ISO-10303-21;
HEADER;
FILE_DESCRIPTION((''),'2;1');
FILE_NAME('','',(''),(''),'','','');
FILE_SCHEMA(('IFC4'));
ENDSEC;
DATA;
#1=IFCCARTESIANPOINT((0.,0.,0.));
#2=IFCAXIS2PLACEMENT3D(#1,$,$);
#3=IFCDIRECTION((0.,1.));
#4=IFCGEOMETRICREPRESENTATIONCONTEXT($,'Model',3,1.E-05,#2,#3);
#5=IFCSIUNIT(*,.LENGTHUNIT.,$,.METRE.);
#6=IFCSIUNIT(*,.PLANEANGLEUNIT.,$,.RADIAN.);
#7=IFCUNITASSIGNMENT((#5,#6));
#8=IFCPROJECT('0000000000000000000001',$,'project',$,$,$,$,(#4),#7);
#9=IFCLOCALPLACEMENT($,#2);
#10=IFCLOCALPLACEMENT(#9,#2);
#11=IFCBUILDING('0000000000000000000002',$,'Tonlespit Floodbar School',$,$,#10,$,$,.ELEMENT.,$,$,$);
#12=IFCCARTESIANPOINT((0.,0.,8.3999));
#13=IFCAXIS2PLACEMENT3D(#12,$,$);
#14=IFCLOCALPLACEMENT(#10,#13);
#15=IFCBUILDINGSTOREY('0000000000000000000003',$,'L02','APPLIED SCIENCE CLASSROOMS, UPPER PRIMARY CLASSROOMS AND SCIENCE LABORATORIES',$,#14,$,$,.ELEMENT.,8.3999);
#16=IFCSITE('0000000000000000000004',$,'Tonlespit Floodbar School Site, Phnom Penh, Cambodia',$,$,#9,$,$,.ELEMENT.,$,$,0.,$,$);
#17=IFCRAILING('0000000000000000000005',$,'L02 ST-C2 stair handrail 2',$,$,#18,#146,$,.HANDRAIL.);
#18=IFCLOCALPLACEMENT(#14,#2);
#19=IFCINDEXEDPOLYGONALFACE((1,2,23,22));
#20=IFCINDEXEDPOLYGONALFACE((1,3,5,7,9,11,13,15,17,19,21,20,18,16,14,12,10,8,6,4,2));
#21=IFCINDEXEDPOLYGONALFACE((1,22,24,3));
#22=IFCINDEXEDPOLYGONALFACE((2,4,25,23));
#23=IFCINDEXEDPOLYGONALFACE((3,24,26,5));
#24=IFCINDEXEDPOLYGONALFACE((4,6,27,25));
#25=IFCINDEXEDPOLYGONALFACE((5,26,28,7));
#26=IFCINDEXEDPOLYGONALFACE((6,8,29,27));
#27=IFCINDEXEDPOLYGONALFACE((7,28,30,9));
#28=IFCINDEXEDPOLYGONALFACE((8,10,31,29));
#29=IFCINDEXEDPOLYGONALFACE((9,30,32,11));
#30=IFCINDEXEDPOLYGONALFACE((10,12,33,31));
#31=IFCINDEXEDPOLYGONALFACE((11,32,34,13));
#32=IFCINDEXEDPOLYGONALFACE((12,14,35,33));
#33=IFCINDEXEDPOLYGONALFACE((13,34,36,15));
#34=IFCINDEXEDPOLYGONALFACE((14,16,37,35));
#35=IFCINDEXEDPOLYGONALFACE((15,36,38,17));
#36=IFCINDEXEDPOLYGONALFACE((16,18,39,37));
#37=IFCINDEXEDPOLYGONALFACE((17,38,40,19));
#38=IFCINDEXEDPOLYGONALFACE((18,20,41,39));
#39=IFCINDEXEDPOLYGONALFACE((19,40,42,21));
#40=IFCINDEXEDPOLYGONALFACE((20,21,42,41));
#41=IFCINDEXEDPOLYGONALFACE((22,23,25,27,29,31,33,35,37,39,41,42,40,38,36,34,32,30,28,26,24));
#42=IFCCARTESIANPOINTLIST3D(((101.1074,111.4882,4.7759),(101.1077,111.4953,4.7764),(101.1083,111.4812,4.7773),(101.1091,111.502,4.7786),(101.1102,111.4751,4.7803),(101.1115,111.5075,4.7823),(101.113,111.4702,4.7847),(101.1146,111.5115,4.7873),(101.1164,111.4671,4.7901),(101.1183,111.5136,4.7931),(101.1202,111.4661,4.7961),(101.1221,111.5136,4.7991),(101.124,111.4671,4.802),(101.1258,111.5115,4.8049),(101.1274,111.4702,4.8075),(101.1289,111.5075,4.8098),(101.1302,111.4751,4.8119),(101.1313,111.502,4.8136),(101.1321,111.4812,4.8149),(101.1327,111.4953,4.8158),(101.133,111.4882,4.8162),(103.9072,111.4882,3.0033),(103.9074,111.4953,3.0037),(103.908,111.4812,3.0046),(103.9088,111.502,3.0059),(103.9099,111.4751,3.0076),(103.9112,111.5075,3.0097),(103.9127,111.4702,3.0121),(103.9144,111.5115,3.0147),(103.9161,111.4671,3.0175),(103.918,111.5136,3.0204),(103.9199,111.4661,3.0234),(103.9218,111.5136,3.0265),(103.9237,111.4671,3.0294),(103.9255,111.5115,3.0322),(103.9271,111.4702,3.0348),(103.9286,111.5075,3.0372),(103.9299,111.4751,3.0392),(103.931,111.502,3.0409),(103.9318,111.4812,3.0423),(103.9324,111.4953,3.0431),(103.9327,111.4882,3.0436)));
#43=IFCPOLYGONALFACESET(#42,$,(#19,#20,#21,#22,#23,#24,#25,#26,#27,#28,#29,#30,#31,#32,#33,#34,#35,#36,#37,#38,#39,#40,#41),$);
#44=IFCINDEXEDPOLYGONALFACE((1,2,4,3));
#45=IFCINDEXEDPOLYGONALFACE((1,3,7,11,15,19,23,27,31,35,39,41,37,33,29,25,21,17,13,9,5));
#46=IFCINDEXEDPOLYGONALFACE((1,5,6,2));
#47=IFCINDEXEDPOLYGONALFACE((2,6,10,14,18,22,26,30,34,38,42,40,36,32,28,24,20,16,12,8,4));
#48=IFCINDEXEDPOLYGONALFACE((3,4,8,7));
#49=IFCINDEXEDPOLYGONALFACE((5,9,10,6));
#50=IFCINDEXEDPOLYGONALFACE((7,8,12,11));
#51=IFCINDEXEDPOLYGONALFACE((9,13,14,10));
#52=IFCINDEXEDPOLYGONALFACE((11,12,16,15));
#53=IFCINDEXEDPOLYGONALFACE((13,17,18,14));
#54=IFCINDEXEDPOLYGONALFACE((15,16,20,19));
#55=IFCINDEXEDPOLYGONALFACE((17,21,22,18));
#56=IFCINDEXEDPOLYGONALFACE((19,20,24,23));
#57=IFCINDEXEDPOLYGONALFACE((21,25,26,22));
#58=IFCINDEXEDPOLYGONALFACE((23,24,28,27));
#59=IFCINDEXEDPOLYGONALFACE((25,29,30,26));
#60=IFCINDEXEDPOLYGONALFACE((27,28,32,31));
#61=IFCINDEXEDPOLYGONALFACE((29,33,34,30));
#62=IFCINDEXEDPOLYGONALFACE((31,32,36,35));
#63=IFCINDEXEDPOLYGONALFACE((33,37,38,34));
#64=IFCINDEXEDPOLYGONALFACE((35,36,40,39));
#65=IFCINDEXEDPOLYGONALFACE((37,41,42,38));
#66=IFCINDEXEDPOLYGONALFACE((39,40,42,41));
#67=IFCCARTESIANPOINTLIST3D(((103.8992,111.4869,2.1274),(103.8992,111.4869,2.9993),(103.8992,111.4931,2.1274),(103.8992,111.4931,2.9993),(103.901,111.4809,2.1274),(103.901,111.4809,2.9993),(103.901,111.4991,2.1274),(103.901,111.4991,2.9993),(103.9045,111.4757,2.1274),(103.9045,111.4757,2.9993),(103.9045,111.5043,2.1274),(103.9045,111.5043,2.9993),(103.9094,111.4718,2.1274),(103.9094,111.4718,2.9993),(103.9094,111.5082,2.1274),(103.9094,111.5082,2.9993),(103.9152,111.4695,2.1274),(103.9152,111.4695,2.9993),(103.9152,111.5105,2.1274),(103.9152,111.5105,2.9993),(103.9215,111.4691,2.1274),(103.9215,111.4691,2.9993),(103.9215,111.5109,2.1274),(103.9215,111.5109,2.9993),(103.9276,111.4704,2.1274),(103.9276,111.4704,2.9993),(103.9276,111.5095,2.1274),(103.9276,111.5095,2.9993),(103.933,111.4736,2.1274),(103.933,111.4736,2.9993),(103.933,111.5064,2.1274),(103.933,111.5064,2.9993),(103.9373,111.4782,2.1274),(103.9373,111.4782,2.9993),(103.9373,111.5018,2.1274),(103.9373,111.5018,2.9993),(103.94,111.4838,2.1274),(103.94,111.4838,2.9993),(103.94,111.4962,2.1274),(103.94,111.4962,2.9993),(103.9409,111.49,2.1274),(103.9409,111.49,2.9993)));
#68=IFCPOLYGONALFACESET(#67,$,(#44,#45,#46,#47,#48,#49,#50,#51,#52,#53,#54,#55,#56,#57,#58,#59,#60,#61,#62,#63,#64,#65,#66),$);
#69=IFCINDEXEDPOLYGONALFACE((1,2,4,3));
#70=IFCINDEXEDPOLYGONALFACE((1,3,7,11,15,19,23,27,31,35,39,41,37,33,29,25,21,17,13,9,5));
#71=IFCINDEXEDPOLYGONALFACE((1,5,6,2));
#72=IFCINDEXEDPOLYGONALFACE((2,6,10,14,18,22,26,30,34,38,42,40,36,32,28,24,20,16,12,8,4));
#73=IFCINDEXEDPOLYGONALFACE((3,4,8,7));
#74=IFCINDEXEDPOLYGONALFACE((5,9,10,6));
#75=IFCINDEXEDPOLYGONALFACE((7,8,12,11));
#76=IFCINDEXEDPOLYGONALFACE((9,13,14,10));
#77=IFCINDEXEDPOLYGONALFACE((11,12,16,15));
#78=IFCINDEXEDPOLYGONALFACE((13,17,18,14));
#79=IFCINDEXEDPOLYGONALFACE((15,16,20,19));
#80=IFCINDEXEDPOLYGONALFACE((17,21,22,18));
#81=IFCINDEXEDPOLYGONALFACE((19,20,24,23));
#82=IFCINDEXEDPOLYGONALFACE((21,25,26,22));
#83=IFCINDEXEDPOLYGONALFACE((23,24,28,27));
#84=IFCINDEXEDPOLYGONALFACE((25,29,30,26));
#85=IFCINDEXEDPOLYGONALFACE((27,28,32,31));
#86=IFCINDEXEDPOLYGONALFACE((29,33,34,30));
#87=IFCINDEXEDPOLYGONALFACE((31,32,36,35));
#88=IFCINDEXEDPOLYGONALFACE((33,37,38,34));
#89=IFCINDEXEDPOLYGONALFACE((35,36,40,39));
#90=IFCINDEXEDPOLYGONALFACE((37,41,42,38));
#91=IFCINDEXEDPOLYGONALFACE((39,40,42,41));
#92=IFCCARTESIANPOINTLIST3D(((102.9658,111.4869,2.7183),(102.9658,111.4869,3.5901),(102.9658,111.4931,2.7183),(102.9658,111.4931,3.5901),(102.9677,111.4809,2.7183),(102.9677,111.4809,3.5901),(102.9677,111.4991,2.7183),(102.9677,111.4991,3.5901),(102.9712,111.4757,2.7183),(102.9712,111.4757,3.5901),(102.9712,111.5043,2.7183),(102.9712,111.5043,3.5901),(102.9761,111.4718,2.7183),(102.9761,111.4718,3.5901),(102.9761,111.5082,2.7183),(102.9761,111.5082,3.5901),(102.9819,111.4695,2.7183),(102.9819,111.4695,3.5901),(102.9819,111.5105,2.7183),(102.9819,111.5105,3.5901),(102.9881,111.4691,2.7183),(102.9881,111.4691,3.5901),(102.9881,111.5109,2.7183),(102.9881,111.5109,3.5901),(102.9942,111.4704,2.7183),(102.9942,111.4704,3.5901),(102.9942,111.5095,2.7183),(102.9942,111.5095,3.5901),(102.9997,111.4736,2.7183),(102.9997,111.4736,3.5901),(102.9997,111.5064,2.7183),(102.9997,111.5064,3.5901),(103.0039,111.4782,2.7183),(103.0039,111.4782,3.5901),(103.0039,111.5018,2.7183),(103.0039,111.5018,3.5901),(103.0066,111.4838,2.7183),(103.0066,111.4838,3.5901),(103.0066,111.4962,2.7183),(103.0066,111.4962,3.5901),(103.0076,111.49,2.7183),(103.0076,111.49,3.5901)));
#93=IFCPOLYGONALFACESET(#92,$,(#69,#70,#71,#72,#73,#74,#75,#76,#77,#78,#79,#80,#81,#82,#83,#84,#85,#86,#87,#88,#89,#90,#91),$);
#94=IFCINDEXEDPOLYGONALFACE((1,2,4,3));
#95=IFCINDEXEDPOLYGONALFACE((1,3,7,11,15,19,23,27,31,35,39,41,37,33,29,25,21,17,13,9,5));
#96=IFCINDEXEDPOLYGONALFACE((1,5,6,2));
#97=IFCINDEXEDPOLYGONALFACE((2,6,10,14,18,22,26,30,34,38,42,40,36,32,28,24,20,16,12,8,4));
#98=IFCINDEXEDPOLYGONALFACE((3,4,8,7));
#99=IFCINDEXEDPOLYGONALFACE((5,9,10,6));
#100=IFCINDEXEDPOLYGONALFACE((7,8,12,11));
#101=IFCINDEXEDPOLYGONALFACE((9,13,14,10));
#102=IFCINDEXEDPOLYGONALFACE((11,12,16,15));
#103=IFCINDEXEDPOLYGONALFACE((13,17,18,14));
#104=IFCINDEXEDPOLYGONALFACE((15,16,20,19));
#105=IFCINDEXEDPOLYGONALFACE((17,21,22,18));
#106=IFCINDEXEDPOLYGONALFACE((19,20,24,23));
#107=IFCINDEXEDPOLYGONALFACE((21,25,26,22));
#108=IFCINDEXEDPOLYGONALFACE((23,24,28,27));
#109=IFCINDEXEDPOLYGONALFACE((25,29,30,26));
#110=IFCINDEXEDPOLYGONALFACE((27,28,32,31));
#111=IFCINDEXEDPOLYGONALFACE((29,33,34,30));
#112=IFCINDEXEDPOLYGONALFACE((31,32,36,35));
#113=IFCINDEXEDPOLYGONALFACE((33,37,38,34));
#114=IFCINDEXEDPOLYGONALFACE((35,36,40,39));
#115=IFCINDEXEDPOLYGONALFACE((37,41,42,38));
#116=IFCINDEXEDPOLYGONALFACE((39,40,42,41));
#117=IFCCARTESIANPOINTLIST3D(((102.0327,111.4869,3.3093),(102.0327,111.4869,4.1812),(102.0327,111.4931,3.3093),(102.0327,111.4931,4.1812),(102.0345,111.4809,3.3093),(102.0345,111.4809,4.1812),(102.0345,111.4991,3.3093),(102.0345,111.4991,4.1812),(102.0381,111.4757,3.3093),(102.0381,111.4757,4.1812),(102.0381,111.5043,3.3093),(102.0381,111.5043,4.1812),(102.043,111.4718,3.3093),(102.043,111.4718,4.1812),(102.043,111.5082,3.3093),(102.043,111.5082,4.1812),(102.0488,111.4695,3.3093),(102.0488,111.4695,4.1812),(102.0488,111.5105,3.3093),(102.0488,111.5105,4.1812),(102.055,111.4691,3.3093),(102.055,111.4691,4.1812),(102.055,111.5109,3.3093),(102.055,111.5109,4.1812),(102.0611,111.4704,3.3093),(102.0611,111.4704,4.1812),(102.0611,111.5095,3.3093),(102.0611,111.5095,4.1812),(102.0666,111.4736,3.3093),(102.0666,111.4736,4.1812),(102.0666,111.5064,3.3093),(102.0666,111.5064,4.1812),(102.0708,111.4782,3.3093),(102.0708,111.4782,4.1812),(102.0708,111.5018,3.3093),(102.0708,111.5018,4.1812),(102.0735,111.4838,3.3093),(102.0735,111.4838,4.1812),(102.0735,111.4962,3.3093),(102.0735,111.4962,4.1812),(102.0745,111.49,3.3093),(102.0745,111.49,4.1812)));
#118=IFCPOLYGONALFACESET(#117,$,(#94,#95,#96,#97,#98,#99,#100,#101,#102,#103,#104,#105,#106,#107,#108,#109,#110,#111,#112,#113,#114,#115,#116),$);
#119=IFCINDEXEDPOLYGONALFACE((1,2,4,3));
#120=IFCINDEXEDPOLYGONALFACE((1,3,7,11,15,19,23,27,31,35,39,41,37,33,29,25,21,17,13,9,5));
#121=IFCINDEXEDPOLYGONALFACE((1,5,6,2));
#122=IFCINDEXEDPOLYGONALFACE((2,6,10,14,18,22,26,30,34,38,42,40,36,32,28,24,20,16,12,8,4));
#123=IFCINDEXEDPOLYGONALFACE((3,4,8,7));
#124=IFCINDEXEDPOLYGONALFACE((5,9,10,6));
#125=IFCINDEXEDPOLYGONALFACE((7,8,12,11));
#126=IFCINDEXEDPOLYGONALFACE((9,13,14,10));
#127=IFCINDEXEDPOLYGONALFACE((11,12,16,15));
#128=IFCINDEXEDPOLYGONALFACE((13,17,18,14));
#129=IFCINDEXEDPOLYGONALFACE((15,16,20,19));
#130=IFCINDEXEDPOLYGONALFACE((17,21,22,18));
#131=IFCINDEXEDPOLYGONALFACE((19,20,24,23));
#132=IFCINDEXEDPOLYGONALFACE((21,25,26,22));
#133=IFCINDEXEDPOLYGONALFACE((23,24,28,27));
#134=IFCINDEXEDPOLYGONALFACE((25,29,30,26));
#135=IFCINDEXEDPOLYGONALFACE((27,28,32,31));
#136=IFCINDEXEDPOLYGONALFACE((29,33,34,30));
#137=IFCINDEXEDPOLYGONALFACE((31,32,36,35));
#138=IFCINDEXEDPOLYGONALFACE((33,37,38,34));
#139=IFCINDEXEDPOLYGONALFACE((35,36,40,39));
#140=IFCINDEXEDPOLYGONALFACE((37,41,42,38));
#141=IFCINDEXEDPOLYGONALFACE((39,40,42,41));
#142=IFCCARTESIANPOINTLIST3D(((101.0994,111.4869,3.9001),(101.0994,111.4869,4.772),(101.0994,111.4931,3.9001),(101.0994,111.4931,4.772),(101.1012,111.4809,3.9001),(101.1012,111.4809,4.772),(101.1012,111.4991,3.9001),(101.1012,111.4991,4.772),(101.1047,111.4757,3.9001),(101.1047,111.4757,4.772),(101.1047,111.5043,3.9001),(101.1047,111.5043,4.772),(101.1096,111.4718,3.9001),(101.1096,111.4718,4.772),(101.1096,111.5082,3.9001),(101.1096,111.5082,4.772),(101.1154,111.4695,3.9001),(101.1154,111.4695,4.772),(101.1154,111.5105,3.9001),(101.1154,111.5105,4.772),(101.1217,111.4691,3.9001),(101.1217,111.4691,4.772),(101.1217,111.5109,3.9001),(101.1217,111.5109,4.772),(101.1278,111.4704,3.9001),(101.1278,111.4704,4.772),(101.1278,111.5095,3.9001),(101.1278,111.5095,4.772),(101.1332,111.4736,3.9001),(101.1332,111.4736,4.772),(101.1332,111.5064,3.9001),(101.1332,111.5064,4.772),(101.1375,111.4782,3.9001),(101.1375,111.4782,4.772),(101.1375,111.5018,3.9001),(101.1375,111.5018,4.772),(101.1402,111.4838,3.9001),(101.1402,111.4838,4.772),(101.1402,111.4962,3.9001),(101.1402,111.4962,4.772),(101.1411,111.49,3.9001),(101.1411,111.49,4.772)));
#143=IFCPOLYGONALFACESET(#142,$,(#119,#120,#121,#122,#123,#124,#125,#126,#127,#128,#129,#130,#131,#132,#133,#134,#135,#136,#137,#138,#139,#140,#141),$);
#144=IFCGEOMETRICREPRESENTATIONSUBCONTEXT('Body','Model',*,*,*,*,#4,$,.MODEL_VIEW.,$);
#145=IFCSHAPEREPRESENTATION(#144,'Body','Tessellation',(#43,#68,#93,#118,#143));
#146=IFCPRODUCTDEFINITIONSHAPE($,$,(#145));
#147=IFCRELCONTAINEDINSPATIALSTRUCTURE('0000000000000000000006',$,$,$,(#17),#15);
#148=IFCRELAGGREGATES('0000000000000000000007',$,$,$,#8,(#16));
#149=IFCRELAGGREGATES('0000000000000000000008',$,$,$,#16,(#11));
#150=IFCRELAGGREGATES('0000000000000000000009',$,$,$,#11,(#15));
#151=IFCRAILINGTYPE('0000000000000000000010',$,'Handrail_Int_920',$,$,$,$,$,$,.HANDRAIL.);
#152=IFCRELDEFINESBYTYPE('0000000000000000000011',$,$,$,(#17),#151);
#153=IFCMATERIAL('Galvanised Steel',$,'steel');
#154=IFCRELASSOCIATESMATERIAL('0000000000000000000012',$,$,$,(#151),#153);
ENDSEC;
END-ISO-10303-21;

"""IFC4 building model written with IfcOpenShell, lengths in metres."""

from ifc_helpers import new_model, si_unit, direction, frame, origin, origin_2d, place, context, subcontext, project, spatial, circle, extrude, material, type_object, element, save


model = new_model("IFC4")

# Units and contexts
model_context = context("Model", 3, precision=1e-05, world=origin(), true_north=direction((0.0, 1.0)))
body_context = subcontext(model_context, "Body", "Model", "MODEL_VIEW")
ifc_project = project(units=[si_unit("LENGTHUNIT", "METRE"), si_unit("PLANEANGLEUNIT", "RADIAN")], contexts=[model_context])

# Site, building, storey
site_placement = place(None, origin())
site = spatial("IfcSite", under=ifc_project, at=site_placement, Name="Tonlespit Floodbar School Site, Phnom Penh, Cambodia", CompositionType="ELEMENT", RefElevation=0.0)
building_placement = place(site_placement, origin())
building = spatial("IfcBuilding", under=site, at=building_placement, Name="Tonlespit Floodbar School", CompositionType="ELEMENT")
storey_placement = place(building_placement, frame((0.0, 0.0, 8.3999)))
storey = spatial("IfcBuildingStorey", under=building, at=storey_placement, Name="L02", Description="APPLIED SCIENCE CLASSROOMS, UPPER PRIMARY CLASSROOMS AND SCIENCE LABORATORIES", CompositionType="ELEMENT", Elevation=8.3999)

# Railing
ifc_material_1 = material(Name="Galvanised Steel", Category="steel")
railing_type_1 = type_object("IfcRailingType", Name="Handrail_Int_920", PredefinedType="HANDRAIL", material=ifc_material_1)
railing_1_placement = place(storey_placement, frame((103.9199, 111.49, 2.1274)))
element("IfcRailing", 1, at=railing_1_placement, inside=storey, type_object=railing_type_1, Name="L02 ST-C2 stair handrail 2", PredefinedType="HANDRAIL", context=body_context, shape_type="SweptSolid", body=[
    extrude(circle(Radius=0.0239, at=origin_2d()), frame((0.0, 0.0, 0.896), z_axis=(-0.844888, 0.0, 0.534943), x_axis=(0.0, -1.0, 0.0)), (0.0, 0.0, 1.0), 3.3137),
    extrude(circle(Radius=0.021, at=origin_2d()), origin(), (0.0, 0.0, 1.0), 0.8718),
    extrude(circle(Radius=0.021, at=origin_2d()), frame((-0.9333, 0.0, 0.5908)), (0.0, 0.0, 1.0), 0.8718),
    extrude(circle(Radius=0.021, at=origin_2d()), frame((-1.8665, 0.0, 1.1819)), (0.0, 0.0, 1.0), 0.8718),
    extrude(circle(Radius=0.021, at=origin_2d()), frame((-2.7998, 0.0, 1.7727)), (0.0, 0.0, 1.0), 0.8718),
])

save(model, "model.ifc")
